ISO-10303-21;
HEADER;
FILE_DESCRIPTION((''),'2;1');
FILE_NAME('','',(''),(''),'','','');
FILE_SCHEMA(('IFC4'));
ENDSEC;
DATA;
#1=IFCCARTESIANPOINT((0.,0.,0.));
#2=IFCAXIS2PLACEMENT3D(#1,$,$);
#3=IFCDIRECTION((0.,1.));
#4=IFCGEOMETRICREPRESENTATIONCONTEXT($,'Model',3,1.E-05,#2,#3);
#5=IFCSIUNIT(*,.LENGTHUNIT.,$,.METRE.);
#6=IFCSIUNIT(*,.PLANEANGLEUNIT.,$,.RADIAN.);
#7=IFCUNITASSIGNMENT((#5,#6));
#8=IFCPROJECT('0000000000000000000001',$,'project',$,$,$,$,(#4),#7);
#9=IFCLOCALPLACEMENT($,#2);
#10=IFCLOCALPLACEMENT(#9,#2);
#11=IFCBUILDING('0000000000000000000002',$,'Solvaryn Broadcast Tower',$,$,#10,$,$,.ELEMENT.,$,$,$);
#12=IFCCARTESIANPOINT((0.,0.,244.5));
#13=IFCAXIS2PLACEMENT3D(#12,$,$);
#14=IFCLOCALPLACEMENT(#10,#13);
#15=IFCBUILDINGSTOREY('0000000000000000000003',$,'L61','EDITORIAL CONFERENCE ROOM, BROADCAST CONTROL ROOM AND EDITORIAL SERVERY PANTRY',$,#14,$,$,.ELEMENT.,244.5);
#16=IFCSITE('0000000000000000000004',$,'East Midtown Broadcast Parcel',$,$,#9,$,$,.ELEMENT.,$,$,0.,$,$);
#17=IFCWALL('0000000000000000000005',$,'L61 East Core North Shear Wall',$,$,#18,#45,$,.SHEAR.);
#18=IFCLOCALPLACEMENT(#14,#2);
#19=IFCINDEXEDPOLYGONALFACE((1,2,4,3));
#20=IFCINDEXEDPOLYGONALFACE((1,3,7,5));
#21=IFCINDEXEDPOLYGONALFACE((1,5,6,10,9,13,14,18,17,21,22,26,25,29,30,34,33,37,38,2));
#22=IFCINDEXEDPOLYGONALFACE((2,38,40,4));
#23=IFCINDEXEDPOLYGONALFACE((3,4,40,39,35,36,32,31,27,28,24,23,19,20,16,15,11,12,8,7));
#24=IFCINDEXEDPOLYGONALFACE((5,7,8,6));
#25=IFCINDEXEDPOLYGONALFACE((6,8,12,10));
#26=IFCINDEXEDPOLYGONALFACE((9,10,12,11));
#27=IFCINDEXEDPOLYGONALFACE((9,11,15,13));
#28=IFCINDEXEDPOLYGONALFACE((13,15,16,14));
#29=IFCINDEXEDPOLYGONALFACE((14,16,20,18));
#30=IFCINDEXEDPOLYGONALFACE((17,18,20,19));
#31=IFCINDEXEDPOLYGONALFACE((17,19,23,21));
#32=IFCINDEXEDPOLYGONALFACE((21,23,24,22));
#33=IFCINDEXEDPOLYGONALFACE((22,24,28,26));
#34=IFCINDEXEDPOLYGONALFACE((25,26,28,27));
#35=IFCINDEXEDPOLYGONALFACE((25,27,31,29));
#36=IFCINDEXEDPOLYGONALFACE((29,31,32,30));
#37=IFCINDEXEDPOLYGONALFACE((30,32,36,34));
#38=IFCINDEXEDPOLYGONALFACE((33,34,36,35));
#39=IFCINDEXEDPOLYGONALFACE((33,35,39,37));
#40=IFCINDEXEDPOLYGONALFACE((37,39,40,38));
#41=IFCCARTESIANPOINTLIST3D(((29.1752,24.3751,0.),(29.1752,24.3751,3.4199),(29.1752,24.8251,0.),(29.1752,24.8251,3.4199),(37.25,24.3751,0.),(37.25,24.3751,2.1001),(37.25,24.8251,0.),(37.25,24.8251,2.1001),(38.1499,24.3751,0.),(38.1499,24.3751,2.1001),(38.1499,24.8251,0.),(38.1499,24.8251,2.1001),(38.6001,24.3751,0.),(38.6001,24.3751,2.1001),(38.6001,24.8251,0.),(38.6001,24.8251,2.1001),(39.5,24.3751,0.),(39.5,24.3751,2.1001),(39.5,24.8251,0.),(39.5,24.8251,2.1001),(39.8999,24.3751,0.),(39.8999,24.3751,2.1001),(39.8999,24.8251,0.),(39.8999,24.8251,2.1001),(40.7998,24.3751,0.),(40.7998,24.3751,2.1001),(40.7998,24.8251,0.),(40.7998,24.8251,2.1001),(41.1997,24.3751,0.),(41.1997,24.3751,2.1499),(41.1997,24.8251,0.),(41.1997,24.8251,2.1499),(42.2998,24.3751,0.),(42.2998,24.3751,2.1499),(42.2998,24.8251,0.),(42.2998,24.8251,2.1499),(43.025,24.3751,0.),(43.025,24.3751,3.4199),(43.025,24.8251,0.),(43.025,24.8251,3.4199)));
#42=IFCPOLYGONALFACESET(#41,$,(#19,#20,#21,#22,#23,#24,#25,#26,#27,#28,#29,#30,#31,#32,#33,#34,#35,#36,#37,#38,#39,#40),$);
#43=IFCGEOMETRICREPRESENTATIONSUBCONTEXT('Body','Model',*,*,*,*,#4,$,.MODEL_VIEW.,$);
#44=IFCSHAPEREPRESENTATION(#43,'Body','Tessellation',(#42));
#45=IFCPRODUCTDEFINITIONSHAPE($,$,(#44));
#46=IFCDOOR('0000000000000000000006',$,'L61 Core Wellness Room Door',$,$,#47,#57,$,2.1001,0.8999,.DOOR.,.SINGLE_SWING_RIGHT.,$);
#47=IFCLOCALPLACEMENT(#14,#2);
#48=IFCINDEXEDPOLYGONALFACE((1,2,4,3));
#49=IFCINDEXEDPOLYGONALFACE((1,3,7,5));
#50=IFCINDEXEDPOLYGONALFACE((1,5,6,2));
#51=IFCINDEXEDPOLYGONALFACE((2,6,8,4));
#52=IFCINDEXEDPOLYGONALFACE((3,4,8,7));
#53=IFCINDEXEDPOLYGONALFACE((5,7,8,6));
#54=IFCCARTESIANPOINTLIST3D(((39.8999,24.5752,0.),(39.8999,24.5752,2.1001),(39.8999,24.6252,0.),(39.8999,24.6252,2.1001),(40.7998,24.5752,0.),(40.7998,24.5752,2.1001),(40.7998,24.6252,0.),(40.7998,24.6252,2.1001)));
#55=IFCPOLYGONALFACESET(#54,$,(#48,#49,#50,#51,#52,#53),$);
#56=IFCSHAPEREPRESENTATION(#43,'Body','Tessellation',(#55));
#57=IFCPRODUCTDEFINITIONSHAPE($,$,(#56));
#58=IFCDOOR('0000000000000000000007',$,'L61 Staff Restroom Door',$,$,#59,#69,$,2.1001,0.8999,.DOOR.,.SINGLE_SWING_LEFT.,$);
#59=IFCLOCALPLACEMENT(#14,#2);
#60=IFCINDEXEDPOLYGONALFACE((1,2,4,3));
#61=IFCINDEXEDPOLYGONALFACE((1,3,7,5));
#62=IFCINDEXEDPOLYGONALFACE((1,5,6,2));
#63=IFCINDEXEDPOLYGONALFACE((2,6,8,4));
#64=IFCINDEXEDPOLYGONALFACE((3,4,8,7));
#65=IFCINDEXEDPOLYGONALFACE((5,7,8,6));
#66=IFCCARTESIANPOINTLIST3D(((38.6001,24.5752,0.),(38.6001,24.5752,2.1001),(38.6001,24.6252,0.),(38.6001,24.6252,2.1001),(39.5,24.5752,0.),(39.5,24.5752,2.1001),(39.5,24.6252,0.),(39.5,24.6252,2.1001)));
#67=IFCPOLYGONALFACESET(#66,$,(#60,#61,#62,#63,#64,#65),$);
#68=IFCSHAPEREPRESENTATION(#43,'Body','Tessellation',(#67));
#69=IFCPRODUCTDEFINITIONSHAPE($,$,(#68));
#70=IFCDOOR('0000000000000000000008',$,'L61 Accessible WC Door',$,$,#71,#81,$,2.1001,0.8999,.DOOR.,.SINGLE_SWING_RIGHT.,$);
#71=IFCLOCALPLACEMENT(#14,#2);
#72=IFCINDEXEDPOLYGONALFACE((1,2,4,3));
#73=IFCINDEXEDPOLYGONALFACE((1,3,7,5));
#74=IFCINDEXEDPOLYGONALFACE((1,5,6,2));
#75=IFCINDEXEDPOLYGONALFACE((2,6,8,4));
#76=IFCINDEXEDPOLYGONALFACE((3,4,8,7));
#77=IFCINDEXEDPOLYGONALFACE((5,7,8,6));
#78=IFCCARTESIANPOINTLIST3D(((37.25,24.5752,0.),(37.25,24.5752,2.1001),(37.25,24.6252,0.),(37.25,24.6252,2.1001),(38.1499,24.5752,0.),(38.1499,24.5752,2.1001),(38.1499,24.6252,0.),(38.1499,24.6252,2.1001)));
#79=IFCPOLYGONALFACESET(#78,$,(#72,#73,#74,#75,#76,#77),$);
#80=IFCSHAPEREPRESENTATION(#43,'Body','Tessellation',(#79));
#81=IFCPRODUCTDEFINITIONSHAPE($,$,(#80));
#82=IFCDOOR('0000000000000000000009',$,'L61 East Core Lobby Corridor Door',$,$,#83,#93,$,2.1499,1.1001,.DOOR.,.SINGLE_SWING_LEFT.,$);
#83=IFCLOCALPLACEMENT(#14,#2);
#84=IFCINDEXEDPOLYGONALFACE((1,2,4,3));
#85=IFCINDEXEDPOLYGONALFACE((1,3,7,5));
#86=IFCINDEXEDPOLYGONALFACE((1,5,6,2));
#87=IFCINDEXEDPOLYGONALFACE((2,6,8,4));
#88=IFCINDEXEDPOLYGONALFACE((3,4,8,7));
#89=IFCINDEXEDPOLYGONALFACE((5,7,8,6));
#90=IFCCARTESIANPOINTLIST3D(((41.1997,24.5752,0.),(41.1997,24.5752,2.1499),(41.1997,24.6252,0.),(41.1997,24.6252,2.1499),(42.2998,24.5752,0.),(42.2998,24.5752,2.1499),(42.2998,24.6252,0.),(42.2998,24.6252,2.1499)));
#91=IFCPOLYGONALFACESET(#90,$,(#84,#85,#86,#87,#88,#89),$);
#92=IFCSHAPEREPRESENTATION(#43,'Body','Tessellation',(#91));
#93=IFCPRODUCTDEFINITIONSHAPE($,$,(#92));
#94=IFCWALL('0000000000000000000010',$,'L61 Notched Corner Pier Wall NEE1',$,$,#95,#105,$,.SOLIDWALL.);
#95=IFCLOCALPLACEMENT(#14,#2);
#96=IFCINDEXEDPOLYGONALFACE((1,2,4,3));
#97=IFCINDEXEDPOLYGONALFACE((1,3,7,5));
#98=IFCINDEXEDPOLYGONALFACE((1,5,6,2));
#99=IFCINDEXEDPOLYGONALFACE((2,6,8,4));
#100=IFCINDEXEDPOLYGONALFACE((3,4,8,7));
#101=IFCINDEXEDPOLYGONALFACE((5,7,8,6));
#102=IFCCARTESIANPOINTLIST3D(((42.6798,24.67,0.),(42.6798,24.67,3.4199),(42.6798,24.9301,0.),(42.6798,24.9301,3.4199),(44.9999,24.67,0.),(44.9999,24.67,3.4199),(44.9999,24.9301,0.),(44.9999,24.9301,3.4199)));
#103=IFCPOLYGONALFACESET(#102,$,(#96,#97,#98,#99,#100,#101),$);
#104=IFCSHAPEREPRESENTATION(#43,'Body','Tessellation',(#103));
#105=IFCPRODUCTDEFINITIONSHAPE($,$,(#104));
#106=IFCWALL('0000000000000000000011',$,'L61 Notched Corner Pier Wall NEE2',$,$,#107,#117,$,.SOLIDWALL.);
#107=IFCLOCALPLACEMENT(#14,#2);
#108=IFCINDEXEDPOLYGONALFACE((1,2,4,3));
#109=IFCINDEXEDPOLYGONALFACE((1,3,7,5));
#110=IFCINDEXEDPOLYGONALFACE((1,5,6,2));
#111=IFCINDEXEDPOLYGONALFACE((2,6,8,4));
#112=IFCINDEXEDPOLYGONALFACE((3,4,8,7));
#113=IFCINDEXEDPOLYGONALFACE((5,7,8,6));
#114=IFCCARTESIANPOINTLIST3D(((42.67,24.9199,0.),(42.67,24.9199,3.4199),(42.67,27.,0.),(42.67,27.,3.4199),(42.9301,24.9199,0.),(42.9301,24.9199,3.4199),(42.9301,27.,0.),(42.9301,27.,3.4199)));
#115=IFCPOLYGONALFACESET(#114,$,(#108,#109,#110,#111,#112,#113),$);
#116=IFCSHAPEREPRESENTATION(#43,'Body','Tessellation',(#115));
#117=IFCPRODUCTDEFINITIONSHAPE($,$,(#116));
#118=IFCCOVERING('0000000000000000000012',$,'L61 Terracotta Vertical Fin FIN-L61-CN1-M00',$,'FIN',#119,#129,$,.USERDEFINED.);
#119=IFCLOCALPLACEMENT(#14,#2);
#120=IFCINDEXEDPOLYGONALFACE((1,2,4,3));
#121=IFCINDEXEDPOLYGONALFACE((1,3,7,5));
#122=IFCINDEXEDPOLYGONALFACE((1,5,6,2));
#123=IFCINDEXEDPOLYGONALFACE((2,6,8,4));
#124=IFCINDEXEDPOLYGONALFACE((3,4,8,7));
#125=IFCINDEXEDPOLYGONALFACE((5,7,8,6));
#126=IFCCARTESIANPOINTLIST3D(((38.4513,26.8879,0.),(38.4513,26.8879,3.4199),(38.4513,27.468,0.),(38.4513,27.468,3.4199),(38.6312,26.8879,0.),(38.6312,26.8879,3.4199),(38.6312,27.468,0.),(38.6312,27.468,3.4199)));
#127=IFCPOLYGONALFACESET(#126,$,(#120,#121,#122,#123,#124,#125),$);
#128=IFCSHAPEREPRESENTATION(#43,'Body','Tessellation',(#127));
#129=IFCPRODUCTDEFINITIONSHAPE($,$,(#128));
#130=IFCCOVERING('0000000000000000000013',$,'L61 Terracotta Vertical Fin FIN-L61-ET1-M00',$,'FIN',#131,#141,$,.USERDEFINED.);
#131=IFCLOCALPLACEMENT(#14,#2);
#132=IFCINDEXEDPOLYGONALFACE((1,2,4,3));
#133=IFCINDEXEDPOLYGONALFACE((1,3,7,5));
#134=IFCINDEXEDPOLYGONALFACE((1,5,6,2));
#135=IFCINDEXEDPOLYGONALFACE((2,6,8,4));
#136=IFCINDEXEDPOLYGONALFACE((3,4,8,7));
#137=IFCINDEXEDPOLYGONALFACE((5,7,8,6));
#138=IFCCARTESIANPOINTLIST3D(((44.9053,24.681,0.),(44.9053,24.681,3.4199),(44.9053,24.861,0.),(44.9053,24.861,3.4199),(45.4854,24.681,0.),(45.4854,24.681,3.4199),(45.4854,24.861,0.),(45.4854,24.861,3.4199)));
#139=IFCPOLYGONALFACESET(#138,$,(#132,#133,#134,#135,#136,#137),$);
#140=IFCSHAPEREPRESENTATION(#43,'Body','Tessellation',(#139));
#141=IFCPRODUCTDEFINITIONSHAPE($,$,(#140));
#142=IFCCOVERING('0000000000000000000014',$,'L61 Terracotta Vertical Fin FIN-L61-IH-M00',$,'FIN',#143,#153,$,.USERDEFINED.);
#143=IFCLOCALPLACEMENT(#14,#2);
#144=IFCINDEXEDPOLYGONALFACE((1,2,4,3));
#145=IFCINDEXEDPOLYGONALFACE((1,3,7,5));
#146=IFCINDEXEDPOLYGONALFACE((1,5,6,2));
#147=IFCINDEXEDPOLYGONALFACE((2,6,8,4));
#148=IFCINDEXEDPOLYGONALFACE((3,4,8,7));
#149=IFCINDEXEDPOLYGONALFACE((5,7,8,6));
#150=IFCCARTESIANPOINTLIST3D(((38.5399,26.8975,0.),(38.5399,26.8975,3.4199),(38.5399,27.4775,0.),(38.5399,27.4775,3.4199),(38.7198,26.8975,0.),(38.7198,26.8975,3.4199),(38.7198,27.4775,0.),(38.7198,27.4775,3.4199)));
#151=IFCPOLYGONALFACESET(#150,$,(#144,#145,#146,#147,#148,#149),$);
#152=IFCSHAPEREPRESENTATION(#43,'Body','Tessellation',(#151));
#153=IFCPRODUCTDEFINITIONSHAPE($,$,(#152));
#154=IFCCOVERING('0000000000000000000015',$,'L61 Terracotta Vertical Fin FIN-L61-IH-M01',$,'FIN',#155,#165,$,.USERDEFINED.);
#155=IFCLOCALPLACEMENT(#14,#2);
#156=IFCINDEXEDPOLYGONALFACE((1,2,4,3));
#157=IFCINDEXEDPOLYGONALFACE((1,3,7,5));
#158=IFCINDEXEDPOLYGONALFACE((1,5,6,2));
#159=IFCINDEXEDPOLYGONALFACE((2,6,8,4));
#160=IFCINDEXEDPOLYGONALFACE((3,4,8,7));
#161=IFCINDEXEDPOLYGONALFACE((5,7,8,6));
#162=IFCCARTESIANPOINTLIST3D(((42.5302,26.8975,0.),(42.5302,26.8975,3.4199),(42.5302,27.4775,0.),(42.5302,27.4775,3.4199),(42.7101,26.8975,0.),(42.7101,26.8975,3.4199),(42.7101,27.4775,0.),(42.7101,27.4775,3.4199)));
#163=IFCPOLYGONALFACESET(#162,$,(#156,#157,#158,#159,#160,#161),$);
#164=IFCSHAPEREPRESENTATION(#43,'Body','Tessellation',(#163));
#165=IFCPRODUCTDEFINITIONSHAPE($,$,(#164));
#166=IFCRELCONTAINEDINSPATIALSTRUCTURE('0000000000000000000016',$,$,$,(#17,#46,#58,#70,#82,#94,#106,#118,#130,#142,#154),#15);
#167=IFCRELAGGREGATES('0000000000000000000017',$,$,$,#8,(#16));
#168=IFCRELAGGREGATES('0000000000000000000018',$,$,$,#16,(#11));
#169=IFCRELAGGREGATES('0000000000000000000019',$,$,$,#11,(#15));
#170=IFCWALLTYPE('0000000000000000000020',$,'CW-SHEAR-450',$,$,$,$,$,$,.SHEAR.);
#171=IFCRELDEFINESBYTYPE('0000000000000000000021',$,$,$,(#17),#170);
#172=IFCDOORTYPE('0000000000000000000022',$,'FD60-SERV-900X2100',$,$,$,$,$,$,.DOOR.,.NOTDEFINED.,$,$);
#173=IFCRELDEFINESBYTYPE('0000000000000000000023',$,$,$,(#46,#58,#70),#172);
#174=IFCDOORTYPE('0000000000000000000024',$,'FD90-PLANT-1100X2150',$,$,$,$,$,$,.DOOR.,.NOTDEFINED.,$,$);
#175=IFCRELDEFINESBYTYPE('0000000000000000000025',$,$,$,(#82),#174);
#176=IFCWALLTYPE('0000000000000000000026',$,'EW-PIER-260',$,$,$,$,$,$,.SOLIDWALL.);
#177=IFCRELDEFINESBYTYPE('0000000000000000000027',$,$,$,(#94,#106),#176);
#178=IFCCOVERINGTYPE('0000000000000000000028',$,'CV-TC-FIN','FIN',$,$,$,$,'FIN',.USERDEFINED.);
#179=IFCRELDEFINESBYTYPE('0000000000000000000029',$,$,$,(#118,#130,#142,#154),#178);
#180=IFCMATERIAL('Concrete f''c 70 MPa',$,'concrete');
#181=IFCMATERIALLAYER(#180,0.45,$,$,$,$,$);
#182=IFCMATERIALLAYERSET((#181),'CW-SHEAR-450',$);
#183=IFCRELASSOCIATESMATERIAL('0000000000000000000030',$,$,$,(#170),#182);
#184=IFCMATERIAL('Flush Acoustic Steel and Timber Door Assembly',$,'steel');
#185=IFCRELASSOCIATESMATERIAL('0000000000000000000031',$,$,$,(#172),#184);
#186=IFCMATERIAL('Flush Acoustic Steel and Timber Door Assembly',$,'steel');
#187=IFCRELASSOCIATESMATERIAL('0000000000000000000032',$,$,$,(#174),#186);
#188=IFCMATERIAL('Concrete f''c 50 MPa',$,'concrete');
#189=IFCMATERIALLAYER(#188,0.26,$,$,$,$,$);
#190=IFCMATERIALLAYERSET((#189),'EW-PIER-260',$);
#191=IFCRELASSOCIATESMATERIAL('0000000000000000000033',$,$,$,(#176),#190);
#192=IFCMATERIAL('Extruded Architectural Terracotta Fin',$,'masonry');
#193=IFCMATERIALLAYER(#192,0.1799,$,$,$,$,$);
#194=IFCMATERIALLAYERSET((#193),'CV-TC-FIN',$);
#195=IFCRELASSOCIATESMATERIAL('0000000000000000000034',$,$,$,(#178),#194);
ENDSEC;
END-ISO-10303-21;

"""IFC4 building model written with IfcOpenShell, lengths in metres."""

from ifc_helpers import new_model, si_unit, direction, frame, frame_2d, origin, origin_2d, place, context, subcontext, project, spatial, rectangle, extrude, material, layer, layer_set, type_object, element, fill, save


model = new_model("IFC4")

# Units and contexts
model_context = context("Model", 3, precision=1e-05, world=origin(), true_north=direction((0.0, 1.0)))
body_context = subcontext(model_context, "Body", "Model", "MODEL_VIEW")
ifc_project = project(units=[si_unit("LENGTHUNIT", "METRE"), si_unit("PLANEANGLEUNIT", "RADIAN")], contexts=[model_context])

# Site, building, storey
site_placement = place(None, origin())
site = spatial("IfcSite", under=ifc_project, at=site_placement, Name="East Midtown Broadcast Parcel", CompositionType="ELEMENT", RefElevation=0.0)
building_placement = place(site_placement, origin())
building = spatial("IfcBuilding", under=site, at=building_placement, Name="Solvaryn Broadcast Tower", CompositionType="ELEMENT")
storey_placement = place(building_placement, frame((0.0, 0.0, 244.5)))
storey = spatial("IfcBuildingStorey", under=building, at=storey_placement, Name="L61", Description="EDITORIAL CONFERENCE ROOM, BROADCAST CONTROL ROOM AND EDITORIAL SERVERY PANTRY", CompositionType="ELEMENT", Elevation=244.5)

# Wall, openings, doors
ifc_material_1 = material(Name="Concrete f'c 70 MPa", Category="concrete")
ifc_layer_1 = layer(ifc_material_1, 0.45)
ifc_layer_set_1 = layer_set([ifc_layer_1], Name="CW-SHEAR-450")
wall_type_1 = type_object("IfcWallType", Name="CW-SHEAR-450", PredefinedType="SHEAR", material=ifc_layer_set_1)
wall_1_placement = place(storey_placement, frame((43.0249, 24.6001, 0.0), z_axis=(0.0, 0.0, 1.0), x_axis=(-1.0, 0.0, 0.0)))
wall_1 = element("IfcWall", 1, at=wall_1_placement, inside=storey, type_object=wall_type_1, Name="L61 East Core North Shear Wall", PredefinedType="SHEAR", context=body_context, shape_type="SweptSolid", body=[
    extrude(rectangle(XDim=13.8499, YDim=0.45, at=frame_2d((6.9248, 0.0))), origin(), (0.0, 0.0, 1.0), 3.4199),
])
opening_1_placement = place(wall_1_placement, frame((0.7251, 0.0, 0.0)))
opening_1 = element("IfcOpeningElement", 2, at=opening_1_placement, cuts=wall_1, PredefinedType="OPENING", context=body_context, shape_type="SweptSolid", body=[
    extrude(rectangle(XDim=1.1001, YDim=2.1499, at=frame_2d((0.55, 1.075))), frame((0.0, 0.2351, 0.0), z_axis=(0.0, -1.0, 0.0), x_axis=(1.0, 0.0, 0.0)), (0.0, 0.0, 1.0), 0.47),
])
opening_2_placement = place(wall_1_placement, frame((2.2251, 0.0, 0.0)))
opening_2 = element("IfcOpeningElement", 3, at=opening_2_placement, cuts=wall_1, PredefinedType="OPENING", context=body_context, shape_type="SweptSolid", body=[
    extrude(rectangle(XDim=0.8999, YDim=2.1001, at=frame_2d((0.45, 1.05))), frame((0.0, 0.2351, 0.0), z_axis=(0.0, -1.0, 0.0), x_axis=(1.0, 0.0, 0.0)), (0.0, 0.0, 1.0), 0.47),
])
opening_3_placement = place(wall_1_placement, frame((3.5249, 0.0, 0.0)))
opening_3 = element("IfcOpeningElement", 4, at=opening_3_placement, cuts=wall_1, PredefinedType="OPENING", context=body_context, shape_type="SweptSolid", body=[
    extrude(rectangle(XDim=0.8999, YDim=2.1001, at=frame_2d((0.45, 1.05))), frame((0.0, 0.2351, 0.0), z_axis=(0.0, -1.0, 0.0), x_axis=(1.0, 0.0, 0.0)), (0.0, 0.0, 1.0), 0.47),
])
opening_4_placement = place(wall_1_placement, frame((4.875, 0.0, 0.0)))
opening_4 = element("IfcOpeningElement", 5, at=opening_4_placement, cuts=wall_1, PredefinedType="OPENING", context=body_context, shape_type="SweptSolid", body=[
    extrude(rectangle(XDim=0.8999, YDim=2.1001, at=frame_2d((0.45, 1.05))), frame((0.0, 0.2351, 0.0), z_axis=(0.0, -1.0, 0.0), x_axis=(1.0, 0.0, 0.0)), (0.0, 0.0, 1.0), 0.47),
])
ifc_material_2 = material(Name="Flush Acoustic Steel and Timber Door Assembly", Category="steel")
door_type_1 = type_object("IfcDoorType", Name="FD60-SERV-900X2100", OperationType="NOTDEFINED", PredefinedType="DOOR", material=ifc_material_2)
door_1_placement = place(opening_2_placement, origin())
door_1 = element("IfcDoor", 6, at=door_1_placement, inside=storey, type_object=door_type_1, Name="L61 Core Wellness Room Door", OperationType="SINGLE_SWING_RIGHT", OverallHeight=2.1001, OverallWidth=0.8999, PredefinedType="DOOR", context=body_context, shape_type="SweptSolid", body=[
    extrude(rectangle(XDim=0.8999, YDim=2.1001, at=frame_2d((0.45, 1.05))), frame((0.0, 0.0249, 0.0), z_axis=(0.0, -1.0, 0.0), x_axis=(1.0, 0.0, 0.0)), (0.0, 0.0, 1.0), 0.05),
])
fill(opening_2, door_1)
door_2_placement = place(opening_3_placement, origin())
door_2 = element("IfcDoor", 7, at=door_2_placement, inside=storey, type_object=door_type_1, Name="L61 Staff Restroom Door", OperationType="SINGLE_SWING_LEFT", OverallHeight=2.1001, OverallWidth=0.8999, PredefinedType="DOOR", context=body_context, shape_type="SweptSolid", body=[
    extrude(rectangle(XDim=0.8999, YDim=2.1001, at=frame_2d((0.45, 1.05))), frame((0.0, 0.0249, 0.0), z_axis=(0.0, -1.0, 0.0), x_axis=(1.0, 0.0, 0.0)), (0.0, 0.0, 1.0), 0.05),
])
fill(opening_3, door_2)
door_3_placement = place(opening_4_placement, origin())
door_3 = element("IfcDoor", 8, at=door_3_placement, inside=storey, type_object=door_type_1, Name="L61 Accessible WC Door", OperationType="SINGLE_SWING_RIGHT", OverallHeight=2.1001, OverallWidth=0.8999, PredefinedType="DOOR", context=body_context, shape_type="SweptSolid", body=[
    extrude(rectangle(XDim=0.8999, YDim=2.1001, at=frame_2d((0.45, 1.05))), frame((0.0, 0.0249, 0.0), z_axis=(0.0, -1.0, 0.0), x_axis=(1.0, 0.0, 0.0)), (0.0, 0.0, 1.0), 0.05),
])
fill(opening_4, door_3)
ifc_material_3 = material(Name="Flush Acoustic Steel and Timber Door Assembly", Category="steel")
door_type_2 = type_object("IfcDoorType", Name="FD90-PLANT-1100X2150", OperationType="NOTDEFINED", PredefinedType="DOOR", material=ifc_material_3)
door_4_placement = place(opening_1_placement, origin())
door_4 = element("IfcDoor", 9, at=door_4_placement, inside=storey, type_object=door_type_2, Name="L61 East Core Lobby Corridor Door", OperationType="SINGLE_SWING_LEFT", OverallHeight=2.1499, OverallWidth=1.1001, PredefinedType="DOOR", context=body_context, shape_type="SweptSolid", body=[
    extrude(rectangle(XDim=1.1001, YDim=2.1499, at=frame_2d((0.55, 1.075))), frame((0.0, 0.0249, 0.0), z_axis=(0.0, -1.0, 0.0), x_axis=(1.0, 0.0, 0.0)), (0.0, 0.0, 1.0), 0.05),
])
fill(opening_1, door_4)

# Walls
ifc_material_4 = material(Name="Concrete f'c 50 MPa", Category="concrete")
ifc_layer_2 = layer(ifc_material_4, 0.26)
ifc_layer_set_2 = layer_set([ifc_layer_2], Name="EW-PIER-260")
wall_type_2 = type_object("IfcWallType", Name="EW-PIER-260", PredefinedType="SOLIDWALL", material=ifc_layer_set_2)
wall_2_placement = place(storey_placement, frame((45.0, 24.8, 0.0), z_axis=(0.0, 0.0, 1.0), x_axis=(-1.0, 0.0, 0.0)))
element("IfcWall", 10, at=wall_2_placement, inside=storey, type_object=wall_type_2, Name="L61 Notched Corner Pier Wall NEE1", PredefinedType="SOLIDWALL", context=body_context, shape_type="SweptSolid", body=[
    extrude(rectangle(XDim=2.3201, YDim=0.26, at=frame_2d((1.1602, 0.0))), origin(), (0.0, 0.0, 1.0), 3.4199),
])
wall_3_placement = place(storey_placement, frame((42.8, 24.9199, 0.0), z_axis=(0.0, 0.0, 1.0), x_axis=(0.0, 1.0, 0.0)))
element("IfcWall", 11, at=wall_3_placement, inside=storey, type_object=wall_type_2, Name="L61 Notched Corner Pier Wall NEE2", PredefinedType="SOLIDWALL", context=body_context, shape_type="SweptSolid", body=[
    extrude(rectangle(XDim=2.0801, YDim=0.26, at=frame_2d((1.04, 0.0))), origin(), (0.0, 0.0, 1.0), 3.4199),
])

# Coverings
ifc_material_5 = material(Name="Extruded Architectural Terracotta Fin", Category="masonry")
ifc_layer_3 = layer(ifc_material_5, 0.1799)
ifc_layer_set_3 = layer_set([ifc_layer_3], Name="CV-TC-FIN")
covering_type = type_object("IfcCoveringType", Name="CV-TC-FIN", Description="FIN", ElementType="FIN", PredefinedType="USERDEFINED", material=ifc_layer_set_3)
covering_1_placement = place(storey_placement, frame((38.5413, 27.178, 0.0), z_axis=(0.0, 0.0, 1.0), x_axis=(1.0, 0.0, 0.0)))
element("IfcCovering", 12, at=covering_1_placement, inside=storey, type_object=covering_type, Name="L61 Terracotta Vertical Fin FIN-L61-CN1-M00", ObjectType="FIN", PredefinedType="USERDEFINED", context=body_context, shape_type="SweptSolid", body=[
    extrude(rectangle(XDim=0.1799, YDim=0.5801, at=origin_2d()), origin(), (0.0, 0.0, 1.0), 3.4199),
])
covering_2_placement = place(storey_placement, frame((45.1953, 24.771, 0.0), z_axis=(0.0, 0.0, 1.0), x_axis=(1.0, 0.0, 0.0)))
element("IfcCovering", 13, at=covering_2_placement, inside=storey, type_object=covering_type, Name="L61 Terracotta Vertical Fin FIN-L61-ET1-M00", ObjectType="FIN", PredefinedType="USERDEFINED", context=body_context, shape_type="SweptSolid", body=[
    extrude(rectangle(XDim=0.5801, YDim=0.1799, at=origin_2d()), origin(), (0.0, 0.0, 1.0), 3.4199),
])
for number, where, z_axis, x_axis, name in (
    (14, (38.6299, 27.1875, 0.0), (0.0, 0.0, 1.0), (1.0, 0.0, 0.0), "L61 Terracotta Vertical Fin FIN-L61-IH-M00"),
    (15, (42.6201, 27.1875, 0.0), (0.0, 0.0, 1.0), (1.0, 0.0, 0.0), "L61 Terracotta Vertical Fin FIN-L61-IH-M01"),
):
    element("IfcCovering", number, at=place(storey_placement, frame(where, z_axis=z_axis, x_axis=x_axis)), inside=storey, type_object=covering_type, Name=name, ObjectType="FIN", PredefinedType="USERDEFINED", context=body_context, shape_type="SweptSolid", body=[
        extrude(rectangle(XDim=0.1799, YDim=0.5801, at=origin_2d()), origin(), (0.0, 0.0, 1.0), 3.4199),
    ])

save(model, "model.ifc")
